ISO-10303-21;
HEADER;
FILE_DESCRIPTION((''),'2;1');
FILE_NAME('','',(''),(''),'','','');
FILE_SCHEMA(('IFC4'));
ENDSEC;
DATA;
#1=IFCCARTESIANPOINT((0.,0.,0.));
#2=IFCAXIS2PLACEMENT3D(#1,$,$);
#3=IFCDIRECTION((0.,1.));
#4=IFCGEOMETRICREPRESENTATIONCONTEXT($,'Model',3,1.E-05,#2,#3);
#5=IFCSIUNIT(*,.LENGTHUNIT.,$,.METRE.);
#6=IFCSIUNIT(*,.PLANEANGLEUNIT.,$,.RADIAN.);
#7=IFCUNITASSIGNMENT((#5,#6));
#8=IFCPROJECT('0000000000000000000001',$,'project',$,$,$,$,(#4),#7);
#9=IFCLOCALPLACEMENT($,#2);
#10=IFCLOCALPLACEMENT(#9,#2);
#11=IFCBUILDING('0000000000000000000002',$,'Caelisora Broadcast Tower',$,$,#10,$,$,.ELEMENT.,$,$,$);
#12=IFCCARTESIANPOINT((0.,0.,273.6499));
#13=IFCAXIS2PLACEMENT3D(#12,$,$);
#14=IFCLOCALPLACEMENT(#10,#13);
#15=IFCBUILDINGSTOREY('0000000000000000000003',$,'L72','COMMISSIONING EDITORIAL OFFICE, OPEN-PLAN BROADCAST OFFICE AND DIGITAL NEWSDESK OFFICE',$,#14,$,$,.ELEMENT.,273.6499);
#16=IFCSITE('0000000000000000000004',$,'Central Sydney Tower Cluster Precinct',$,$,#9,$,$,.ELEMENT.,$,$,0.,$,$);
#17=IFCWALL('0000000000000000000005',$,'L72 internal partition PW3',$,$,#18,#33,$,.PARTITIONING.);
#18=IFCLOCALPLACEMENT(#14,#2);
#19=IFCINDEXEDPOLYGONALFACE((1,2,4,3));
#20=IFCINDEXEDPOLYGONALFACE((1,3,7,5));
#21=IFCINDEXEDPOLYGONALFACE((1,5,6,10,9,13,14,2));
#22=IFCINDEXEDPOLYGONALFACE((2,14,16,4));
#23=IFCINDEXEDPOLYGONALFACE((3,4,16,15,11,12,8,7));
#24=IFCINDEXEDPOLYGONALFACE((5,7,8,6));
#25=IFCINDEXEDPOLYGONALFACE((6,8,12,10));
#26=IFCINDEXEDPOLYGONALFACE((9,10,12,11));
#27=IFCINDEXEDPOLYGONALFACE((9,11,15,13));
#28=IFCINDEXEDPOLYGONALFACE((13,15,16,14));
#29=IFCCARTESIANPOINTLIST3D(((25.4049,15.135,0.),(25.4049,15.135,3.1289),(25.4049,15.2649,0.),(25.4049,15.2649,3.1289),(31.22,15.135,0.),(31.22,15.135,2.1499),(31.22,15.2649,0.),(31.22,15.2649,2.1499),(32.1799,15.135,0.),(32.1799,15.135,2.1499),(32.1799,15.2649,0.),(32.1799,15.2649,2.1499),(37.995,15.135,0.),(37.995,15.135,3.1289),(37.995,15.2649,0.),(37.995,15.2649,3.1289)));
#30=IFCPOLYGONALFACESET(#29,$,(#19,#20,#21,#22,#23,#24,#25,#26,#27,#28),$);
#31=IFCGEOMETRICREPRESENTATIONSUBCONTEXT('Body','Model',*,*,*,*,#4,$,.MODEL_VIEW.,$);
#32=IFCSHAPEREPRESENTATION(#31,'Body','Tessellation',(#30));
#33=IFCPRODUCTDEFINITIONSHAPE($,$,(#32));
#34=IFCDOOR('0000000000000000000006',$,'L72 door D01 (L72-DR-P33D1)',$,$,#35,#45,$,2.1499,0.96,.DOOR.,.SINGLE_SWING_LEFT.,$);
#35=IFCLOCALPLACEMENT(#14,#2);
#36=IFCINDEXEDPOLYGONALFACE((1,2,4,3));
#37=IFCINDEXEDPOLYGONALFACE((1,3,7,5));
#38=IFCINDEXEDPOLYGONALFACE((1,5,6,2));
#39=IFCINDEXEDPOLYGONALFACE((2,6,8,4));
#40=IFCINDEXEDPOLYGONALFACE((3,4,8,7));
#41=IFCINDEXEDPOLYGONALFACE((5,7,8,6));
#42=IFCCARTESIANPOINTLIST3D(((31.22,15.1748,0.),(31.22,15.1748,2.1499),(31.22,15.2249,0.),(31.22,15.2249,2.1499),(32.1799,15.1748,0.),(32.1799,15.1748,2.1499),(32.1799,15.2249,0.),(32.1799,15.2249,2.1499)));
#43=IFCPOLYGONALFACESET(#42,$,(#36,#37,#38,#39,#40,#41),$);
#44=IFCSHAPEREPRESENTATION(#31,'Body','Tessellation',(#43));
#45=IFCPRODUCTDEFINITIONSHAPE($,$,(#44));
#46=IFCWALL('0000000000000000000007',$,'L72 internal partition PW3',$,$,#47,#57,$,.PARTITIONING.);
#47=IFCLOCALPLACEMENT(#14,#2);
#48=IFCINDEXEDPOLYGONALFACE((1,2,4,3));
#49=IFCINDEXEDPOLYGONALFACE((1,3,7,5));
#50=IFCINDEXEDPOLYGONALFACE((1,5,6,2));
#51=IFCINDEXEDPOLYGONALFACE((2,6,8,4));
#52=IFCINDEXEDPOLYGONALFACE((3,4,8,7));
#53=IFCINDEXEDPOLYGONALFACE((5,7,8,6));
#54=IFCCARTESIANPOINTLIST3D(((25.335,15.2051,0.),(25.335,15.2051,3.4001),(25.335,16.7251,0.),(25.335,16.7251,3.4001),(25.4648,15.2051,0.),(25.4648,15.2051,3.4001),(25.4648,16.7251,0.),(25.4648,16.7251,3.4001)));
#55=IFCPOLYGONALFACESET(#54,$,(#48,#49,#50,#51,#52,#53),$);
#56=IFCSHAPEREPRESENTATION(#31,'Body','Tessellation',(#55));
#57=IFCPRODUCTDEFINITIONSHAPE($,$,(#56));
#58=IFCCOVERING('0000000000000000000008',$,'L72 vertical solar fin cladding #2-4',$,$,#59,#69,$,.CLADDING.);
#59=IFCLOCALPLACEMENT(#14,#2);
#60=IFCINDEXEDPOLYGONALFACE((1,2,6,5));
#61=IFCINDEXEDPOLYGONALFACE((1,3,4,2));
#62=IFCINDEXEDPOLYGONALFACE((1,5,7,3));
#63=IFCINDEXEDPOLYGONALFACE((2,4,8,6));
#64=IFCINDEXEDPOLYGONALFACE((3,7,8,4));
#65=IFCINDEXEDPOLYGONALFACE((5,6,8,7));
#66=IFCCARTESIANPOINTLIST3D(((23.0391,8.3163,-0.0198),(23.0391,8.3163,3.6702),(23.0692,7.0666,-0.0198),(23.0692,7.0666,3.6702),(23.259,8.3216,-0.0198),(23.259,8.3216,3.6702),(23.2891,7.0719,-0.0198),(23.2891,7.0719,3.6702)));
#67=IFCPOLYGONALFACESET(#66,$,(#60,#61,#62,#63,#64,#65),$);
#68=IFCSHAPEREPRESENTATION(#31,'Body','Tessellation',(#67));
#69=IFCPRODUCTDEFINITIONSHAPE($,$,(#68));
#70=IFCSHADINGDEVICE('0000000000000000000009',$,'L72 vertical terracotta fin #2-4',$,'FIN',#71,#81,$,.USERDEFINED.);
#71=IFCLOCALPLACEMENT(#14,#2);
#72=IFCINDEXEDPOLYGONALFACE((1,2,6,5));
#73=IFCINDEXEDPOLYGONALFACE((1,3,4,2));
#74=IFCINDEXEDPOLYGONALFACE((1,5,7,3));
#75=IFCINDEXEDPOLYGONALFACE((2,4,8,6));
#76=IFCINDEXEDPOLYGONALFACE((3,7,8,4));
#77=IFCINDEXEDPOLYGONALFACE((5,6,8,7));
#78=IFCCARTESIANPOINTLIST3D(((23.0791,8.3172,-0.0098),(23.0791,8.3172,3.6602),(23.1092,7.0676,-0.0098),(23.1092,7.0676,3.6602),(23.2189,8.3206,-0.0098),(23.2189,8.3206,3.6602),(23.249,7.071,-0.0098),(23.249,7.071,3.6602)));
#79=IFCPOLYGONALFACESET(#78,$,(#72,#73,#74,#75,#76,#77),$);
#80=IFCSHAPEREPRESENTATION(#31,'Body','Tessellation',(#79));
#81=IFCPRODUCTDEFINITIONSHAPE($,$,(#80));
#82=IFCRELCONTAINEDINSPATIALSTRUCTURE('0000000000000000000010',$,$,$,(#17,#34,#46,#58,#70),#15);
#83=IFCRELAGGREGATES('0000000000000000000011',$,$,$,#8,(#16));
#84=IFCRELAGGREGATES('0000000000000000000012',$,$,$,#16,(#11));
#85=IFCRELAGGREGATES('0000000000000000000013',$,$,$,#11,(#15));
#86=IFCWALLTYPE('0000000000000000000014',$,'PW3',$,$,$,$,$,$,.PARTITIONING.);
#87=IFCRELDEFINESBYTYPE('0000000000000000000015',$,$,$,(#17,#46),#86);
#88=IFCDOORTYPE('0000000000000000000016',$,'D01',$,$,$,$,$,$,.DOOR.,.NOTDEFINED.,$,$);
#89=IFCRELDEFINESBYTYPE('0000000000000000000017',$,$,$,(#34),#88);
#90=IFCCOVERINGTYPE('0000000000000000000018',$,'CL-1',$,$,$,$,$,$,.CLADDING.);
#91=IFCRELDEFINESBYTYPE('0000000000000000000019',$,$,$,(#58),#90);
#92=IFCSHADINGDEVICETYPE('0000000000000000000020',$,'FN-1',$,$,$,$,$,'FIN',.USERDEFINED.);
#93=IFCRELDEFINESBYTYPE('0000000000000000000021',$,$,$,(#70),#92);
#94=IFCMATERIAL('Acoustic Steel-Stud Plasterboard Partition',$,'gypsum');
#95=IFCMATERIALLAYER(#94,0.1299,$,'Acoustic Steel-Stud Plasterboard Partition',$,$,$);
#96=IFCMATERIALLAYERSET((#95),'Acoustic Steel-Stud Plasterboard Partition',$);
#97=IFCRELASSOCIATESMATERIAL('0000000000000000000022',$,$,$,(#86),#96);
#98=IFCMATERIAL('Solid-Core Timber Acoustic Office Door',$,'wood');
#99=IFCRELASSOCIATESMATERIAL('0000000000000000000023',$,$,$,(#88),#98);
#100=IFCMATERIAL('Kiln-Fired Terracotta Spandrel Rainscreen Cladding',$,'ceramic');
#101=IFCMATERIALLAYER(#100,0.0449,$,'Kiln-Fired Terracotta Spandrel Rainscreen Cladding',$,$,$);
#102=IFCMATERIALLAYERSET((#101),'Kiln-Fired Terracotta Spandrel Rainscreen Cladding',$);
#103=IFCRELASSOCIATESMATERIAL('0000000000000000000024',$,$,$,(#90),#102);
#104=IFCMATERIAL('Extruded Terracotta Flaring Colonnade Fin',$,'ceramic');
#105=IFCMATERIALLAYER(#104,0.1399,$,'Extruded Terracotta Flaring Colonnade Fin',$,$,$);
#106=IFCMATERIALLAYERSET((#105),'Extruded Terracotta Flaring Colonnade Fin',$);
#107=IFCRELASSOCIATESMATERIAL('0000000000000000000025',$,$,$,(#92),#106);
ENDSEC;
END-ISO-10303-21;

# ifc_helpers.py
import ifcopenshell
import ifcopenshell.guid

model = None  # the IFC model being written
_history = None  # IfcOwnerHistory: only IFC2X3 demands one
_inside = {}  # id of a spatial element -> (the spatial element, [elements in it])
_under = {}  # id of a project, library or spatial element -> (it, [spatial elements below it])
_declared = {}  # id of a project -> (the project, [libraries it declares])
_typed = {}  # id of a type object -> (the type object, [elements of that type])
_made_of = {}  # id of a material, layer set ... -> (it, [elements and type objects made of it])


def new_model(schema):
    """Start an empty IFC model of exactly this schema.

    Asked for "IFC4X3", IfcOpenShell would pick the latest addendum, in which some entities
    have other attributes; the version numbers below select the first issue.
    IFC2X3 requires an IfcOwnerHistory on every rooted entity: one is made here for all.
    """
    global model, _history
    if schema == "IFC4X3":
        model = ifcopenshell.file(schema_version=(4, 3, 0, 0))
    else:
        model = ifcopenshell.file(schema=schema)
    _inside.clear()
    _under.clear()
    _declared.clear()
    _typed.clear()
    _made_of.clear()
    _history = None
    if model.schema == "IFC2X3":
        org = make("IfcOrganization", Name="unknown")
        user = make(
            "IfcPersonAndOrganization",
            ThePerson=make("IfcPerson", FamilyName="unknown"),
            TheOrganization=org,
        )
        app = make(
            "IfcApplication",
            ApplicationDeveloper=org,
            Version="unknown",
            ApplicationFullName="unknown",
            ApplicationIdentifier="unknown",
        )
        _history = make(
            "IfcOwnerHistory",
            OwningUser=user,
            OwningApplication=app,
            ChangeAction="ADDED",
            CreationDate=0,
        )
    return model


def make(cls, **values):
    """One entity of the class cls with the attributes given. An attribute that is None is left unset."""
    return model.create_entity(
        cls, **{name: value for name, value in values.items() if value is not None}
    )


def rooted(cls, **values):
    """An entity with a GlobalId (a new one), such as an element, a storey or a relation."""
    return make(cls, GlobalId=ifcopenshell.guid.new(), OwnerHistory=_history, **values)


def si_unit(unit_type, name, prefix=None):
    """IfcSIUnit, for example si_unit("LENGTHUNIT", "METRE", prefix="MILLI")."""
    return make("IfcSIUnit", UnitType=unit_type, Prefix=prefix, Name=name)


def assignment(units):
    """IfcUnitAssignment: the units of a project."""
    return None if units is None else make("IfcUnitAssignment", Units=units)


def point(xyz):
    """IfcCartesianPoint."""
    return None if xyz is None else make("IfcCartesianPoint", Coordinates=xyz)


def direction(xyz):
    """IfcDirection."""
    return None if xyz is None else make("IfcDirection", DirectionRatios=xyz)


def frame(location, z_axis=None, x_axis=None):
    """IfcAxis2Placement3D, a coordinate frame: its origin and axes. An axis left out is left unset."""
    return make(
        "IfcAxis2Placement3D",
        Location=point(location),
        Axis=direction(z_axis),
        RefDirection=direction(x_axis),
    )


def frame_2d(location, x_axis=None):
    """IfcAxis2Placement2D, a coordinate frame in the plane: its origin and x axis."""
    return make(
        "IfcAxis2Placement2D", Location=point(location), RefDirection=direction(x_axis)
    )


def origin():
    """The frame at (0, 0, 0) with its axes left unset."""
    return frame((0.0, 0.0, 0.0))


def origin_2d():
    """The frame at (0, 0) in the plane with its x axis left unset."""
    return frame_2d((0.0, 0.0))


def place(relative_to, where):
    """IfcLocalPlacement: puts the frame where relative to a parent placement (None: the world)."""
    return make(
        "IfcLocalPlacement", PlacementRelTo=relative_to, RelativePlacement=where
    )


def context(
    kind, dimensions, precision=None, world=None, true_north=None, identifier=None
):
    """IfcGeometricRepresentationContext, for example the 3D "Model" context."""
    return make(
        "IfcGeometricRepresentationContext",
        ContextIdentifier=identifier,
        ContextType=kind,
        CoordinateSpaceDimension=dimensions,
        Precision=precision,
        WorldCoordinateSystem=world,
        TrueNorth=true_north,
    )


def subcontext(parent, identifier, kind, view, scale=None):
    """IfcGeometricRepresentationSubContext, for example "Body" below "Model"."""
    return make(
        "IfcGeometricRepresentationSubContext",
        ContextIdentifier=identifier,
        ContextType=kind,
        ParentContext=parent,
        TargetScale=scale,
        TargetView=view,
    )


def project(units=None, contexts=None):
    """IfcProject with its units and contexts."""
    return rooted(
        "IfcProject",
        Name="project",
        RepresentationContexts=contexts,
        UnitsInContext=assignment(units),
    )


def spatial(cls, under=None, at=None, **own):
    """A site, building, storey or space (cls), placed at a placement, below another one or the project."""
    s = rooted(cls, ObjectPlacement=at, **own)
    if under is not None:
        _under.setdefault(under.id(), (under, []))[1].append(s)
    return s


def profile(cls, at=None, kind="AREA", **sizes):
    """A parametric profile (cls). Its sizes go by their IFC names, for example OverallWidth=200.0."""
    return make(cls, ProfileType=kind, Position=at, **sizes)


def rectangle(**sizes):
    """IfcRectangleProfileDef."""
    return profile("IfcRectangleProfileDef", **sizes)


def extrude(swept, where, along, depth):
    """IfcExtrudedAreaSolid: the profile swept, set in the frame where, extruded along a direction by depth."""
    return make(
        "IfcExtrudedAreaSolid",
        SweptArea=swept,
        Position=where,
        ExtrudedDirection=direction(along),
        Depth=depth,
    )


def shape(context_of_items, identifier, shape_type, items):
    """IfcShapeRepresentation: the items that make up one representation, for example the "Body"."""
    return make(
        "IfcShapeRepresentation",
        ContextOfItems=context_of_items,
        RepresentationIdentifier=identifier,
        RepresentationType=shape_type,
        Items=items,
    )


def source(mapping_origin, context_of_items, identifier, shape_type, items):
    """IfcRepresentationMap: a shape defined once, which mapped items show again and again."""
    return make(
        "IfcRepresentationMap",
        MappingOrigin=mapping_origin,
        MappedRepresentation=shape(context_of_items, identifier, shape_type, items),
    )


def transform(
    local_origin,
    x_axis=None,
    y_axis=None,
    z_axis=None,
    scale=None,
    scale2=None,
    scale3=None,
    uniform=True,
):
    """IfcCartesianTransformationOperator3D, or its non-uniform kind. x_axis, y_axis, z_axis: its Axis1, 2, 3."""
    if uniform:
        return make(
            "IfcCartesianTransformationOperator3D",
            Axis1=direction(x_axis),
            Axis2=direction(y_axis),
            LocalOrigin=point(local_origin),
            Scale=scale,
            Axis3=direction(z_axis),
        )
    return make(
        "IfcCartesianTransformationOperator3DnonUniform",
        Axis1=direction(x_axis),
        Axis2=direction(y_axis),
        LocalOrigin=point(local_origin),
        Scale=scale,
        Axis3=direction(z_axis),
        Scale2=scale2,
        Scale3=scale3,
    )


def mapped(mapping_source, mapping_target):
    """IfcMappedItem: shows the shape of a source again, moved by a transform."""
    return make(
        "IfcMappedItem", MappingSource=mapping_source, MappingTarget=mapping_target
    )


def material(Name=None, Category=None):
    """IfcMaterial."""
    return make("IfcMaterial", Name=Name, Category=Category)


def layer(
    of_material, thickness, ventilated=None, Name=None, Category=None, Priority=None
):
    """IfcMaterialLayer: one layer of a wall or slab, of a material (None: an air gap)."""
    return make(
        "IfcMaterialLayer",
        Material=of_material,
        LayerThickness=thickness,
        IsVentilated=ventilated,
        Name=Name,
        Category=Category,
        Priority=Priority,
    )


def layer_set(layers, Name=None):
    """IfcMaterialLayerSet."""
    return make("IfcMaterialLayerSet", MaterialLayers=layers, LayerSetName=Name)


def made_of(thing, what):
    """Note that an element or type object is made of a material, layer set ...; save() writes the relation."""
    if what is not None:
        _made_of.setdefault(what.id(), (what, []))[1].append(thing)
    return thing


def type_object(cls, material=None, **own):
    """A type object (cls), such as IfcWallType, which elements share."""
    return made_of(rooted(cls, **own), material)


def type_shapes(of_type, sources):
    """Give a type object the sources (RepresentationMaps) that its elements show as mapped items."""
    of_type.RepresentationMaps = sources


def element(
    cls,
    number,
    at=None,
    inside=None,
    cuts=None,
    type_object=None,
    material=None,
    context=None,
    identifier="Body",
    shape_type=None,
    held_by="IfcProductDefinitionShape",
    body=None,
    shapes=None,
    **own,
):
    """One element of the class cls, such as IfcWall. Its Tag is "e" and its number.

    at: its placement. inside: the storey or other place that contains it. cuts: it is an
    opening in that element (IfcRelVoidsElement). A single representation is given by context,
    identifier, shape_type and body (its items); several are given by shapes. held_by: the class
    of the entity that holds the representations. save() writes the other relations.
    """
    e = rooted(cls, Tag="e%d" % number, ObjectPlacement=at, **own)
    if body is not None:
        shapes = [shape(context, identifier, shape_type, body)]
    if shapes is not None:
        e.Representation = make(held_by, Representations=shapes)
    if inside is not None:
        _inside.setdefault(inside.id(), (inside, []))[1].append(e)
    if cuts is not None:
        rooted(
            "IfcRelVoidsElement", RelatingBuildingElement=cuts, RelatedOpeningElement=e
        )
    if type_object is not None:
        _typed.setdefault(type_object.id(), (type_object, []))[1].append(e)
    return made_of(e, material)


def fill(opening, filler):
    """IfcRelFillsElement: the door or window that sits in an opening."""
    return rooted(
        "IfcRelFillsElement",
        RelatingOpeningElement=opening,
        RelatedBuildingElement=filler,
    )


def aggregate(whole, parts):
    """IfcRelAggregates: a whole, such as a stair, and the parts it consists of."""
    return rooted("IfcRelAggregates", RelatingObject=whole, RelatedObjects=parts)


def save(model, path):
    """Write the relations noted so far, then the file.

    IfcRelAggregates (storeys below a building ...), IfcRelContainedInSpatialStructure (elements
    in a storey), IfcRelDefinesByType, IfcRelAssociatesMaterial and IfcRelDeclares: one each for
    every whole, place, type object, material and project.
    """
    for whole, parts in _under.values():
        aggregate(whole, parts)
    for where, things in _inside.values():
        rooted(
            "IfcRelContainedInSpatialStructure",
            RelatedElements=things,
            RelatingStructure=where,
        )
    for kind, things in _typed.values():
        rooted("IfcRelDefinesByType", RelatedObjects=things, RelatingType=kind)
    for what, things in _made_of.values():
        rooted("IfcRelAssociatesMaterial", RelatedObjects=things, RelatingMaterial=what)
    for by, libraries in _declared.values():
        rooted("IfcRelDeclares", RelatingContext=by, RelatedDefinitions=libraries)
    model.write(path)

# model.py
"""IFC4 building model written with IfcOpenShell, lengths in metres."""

from ifc_helpers import new_model, si_unit, direction, frame, frame_2d, origin, origin_2d, place, context, subcontext, project, spatial, rectangle, extrude, source, transform, mapped, material, layer, layer_set, type_object, type_shapes, element, fill, save


model = new_model("IFC4")

# Units and contexts
model_context = context("Model", 3, precision=1e-05, world=origin(), true_north=direction((0.0, 1.0)))
body_context = subcontext(model_context, "Body", "Model", "MODEL_VIEW")
ifc_project = project(units=[si_unit("LENGTHUNIT", "METRE"), si_unit("PLANEANGLEUNIT", "RADIAN")], contexts=[model_context])

# Site, building, storey
site_placement = place(None, origin())
site = spatial("IfcSite", under=ifc_project, at=site_placement, Name="Central Sydney Tower Cluster Precinct", CompositionType="ELEMENT", RefElevation=0.0)
building_placement = place(site_placement, origin())
building = spatial("IfcBuilding", under=site, at=building_placement, Name="Caelisora Broadcast Tower", CompositionType="ELEMENT")
storey_placement = place(building_placement, frame((0.0, 0.0, 273.6499)))
storey = spatial("IfcBuildingStorey", under=building, at=storey_placement, Name="L72", Description="COMMISSIONING EDITORIAL OFFICE, OPEN-PLAN BROADCAST OFFICE AND DIGITAL NEWSDESK OFFICE", CompositionType="ELEMENT", Elevation=273.6499)

# Wall, opening, door
ifc_material_1 = material(Name="Acoustic Steel-Stud Plasterboard Partition", Category="gypsum")
ifc_layer_1 = layer(ifc_material_1, 0.1299, Name="Acoustic Steel-Stud Plasterboard Partition")
ifc_layer_set_1 = layer_set([ifc_layer_1], Name="Acoustic Steel-Stud Plasterboard Partition")
wall_type = type_object("IfcWallType", Name="PW3", PredefinedType="PARTITIONING", material=ifc_layer_set_1)
ifc_material_2 = material(Name="Solid-Core Timber Acoustic Office Door", Category="wood")
door_type = type_object("IfcDoorType", Name="D01", OperationType="NOTDEFINED", PredefinedType="DOOR", material=ifc_material_2)
wall_1_placement = place(storey_placement, frame((25.405, 15.2, 0.0), z_axis=(0.0, 0.0, 1.0), x_axis=(1.0, 0.0, 0.0)))
wall_1 = element("IfcWall", 1, at=wall_1_placement, inside=storey, type_object=wall_type, Name="L72 internal partition PW3", PredefinedType="PARTITIONING", context=body_context, shape_type="SweptSolid", body=[
    extrude(rectangle(XDim=12.5901, YDim=0.1299, at=frame_2d((6.2949, 0.0))), origin(), (0.0, 0.0, 1.0), 3.1289),
])
opening_1_placement = place(wall_1_placement, frame((5.8149, 0.0, 0.0)))
opening_1 = element("IfcOpeningElement", 2, at=opening_1_placement, cuts=wall_1, PredefinedType="OPENING", context=body_context, shape_type="SweptSolid", body=[
    extrude(rectangle(XDim=0.96, YDim=2.1499, at=frame_2d((0.48, 1.075))), frame((0.0, 0.0769, 0.0), z_axis=(0.0, -1.0, 0.0), x_axis=(1.0, 0.0, 0.0)), (0.0, 0.0, 1.0), 0.1538),
])
door_1_placement = place(opening_1_placement, origin())
door_1 = element("IfcDoor", 3, at=door_1_placement, inside=storey, type_object=door_type, Name="L72 door D01 (L72-DR-P33D1)", OperationType="SINGLE_SWING_LEFT", OverallHeight=2.1499, OverallWidth=0.96, PredefinedType="DOOR", context=body_context, shape_type="SweptSolid", body=[
    extrude(rectangle(XDim=0.96, YDim=2.1499, at=frame_2d((0.48, 1.075))), frame((0.0, 0.0249, 0.0), z_axis=(0.0, -1.0, 0.0), x_axis=(1.0, 0.0, 0.0)), (0.0, 0.0, 1.0), 0.05),
])
fill(opening_1, door_1)

# Wall
wall_2_placement = place(storey_placement, frame((25.3999, 16.7251, 0.0), z_axis=(0.0, 0.0, 1.0), x_axis=(0.0, -1.0, 0.0)))
element("IfcWall", 4, at=wall_2_placement, inside=storey, type_object=wall_type, Name="L72 internal partition PW3", PredefinedType="PARTITIONING", context=body_context, shape_type="SweptSolid", body=[
    extrude(rectangle(XDim=1.52, YDim=0.1299, at=frame_2d((0.76, 0.0))), origin(), (0.0, 0.0, 1.0), 3.4001),
])

# Covering
ifc_material_3 = material(Name="Kiln-Fired Terracotta Spandrel Rainscreen Cladding", Category="ceramic")
ifc_layer_2 = layer(ifc_material_3, 0.0449, Name="Kiln-Fired Terracotta Spandrel Rainscreen Cladding")
ifc_layer_set_2 = layer_set([ifc_layer_2], Name="Kiln-Fired Terracotta Spandrel Rainscreen Cladding")
covering_type = type_object("IfcCoveringType", Name="CL-1", PredefinedType="CLADDING", material=ifc_layer_set_2)
shared_shape_1 = source(origin(), body_context, "Body", "SweptSolid", [
    extrude(rectangle(XDim=0.22, YDim=1.25, at=origin_2d()), origin(), (0.0, 0.0, 1.0), 3.6899),
])
type_shapes(covering_type, [shared_shape_1])
covering_placement = place(storey_placement, frame((23.1641, 7.6941, -0.0198), z_axis=(0.0, 0.0, 1.0), x_axis=(-0.99971, -0.024083, 0.0)))
element("IfcCovering", 5, at=covering_placement, inside=storey, type_object=covering_type, Name="L72 vertical solar fin cladding #2-4", PredefinedType="CLADDING", context=body_context, shape_type="MappedRepresentation", body=[
    mapped(shared_shape_1, transform((0.0, 0.0, 0.0), scale=1.0)),
])

# Shading device
ifc_material_4 = material(Name="Extruded Terracotta Flaring Colonnade Fin", Category="ceramic")
ifc_layer_3 = layer(ifc_material_4, 0.1399, Name="Extruded Terracotta Flaring Colonnade Fin")
ifc_layer_set_3 = layer_set([ifc_layer_3], Name="Extruded Terracotta Flaring Colonnade Fin")
shading_device_type = type_object("IfcShadingDeviceType", Name="FN-1", ElementType="FIN", PredefinedType="USERDEFINED", material=ifc_layer_set_3)
shared_shape_2 = source(origin(), body_context, "Body", "SweptSolid", [
    extrude(rectangle(XDim=0.1399, YDim=1.25, at=origin_2d()), origin(), (0.0, 0.0, 1.0), 3.6699),
])
type_shapes(shading_device_type, [shared_shape_2])
shading_device_placement = place(storey_placement, frame((23.1641, 7.6941, -0.0098), z_axis=(0.0, 0.0, 1.0), x_axis=(-0.99971, -0.024083, 0.0)))
element("IfcShadingDevice", 6, at=shading_device_placement, inside=storey, type_object=shading_device_type, Name="L72 vertical terracotta fin #2-4", ObjectType="FIN", PredefinedType="USERDEFINED", context=body_context, shape_type="MappedRepresentation", body=[
    mapped(shared_shape_2, transform((0.0, 0.0, 0.0), scale=1.0)),
])

save(model, "model.ifc")
